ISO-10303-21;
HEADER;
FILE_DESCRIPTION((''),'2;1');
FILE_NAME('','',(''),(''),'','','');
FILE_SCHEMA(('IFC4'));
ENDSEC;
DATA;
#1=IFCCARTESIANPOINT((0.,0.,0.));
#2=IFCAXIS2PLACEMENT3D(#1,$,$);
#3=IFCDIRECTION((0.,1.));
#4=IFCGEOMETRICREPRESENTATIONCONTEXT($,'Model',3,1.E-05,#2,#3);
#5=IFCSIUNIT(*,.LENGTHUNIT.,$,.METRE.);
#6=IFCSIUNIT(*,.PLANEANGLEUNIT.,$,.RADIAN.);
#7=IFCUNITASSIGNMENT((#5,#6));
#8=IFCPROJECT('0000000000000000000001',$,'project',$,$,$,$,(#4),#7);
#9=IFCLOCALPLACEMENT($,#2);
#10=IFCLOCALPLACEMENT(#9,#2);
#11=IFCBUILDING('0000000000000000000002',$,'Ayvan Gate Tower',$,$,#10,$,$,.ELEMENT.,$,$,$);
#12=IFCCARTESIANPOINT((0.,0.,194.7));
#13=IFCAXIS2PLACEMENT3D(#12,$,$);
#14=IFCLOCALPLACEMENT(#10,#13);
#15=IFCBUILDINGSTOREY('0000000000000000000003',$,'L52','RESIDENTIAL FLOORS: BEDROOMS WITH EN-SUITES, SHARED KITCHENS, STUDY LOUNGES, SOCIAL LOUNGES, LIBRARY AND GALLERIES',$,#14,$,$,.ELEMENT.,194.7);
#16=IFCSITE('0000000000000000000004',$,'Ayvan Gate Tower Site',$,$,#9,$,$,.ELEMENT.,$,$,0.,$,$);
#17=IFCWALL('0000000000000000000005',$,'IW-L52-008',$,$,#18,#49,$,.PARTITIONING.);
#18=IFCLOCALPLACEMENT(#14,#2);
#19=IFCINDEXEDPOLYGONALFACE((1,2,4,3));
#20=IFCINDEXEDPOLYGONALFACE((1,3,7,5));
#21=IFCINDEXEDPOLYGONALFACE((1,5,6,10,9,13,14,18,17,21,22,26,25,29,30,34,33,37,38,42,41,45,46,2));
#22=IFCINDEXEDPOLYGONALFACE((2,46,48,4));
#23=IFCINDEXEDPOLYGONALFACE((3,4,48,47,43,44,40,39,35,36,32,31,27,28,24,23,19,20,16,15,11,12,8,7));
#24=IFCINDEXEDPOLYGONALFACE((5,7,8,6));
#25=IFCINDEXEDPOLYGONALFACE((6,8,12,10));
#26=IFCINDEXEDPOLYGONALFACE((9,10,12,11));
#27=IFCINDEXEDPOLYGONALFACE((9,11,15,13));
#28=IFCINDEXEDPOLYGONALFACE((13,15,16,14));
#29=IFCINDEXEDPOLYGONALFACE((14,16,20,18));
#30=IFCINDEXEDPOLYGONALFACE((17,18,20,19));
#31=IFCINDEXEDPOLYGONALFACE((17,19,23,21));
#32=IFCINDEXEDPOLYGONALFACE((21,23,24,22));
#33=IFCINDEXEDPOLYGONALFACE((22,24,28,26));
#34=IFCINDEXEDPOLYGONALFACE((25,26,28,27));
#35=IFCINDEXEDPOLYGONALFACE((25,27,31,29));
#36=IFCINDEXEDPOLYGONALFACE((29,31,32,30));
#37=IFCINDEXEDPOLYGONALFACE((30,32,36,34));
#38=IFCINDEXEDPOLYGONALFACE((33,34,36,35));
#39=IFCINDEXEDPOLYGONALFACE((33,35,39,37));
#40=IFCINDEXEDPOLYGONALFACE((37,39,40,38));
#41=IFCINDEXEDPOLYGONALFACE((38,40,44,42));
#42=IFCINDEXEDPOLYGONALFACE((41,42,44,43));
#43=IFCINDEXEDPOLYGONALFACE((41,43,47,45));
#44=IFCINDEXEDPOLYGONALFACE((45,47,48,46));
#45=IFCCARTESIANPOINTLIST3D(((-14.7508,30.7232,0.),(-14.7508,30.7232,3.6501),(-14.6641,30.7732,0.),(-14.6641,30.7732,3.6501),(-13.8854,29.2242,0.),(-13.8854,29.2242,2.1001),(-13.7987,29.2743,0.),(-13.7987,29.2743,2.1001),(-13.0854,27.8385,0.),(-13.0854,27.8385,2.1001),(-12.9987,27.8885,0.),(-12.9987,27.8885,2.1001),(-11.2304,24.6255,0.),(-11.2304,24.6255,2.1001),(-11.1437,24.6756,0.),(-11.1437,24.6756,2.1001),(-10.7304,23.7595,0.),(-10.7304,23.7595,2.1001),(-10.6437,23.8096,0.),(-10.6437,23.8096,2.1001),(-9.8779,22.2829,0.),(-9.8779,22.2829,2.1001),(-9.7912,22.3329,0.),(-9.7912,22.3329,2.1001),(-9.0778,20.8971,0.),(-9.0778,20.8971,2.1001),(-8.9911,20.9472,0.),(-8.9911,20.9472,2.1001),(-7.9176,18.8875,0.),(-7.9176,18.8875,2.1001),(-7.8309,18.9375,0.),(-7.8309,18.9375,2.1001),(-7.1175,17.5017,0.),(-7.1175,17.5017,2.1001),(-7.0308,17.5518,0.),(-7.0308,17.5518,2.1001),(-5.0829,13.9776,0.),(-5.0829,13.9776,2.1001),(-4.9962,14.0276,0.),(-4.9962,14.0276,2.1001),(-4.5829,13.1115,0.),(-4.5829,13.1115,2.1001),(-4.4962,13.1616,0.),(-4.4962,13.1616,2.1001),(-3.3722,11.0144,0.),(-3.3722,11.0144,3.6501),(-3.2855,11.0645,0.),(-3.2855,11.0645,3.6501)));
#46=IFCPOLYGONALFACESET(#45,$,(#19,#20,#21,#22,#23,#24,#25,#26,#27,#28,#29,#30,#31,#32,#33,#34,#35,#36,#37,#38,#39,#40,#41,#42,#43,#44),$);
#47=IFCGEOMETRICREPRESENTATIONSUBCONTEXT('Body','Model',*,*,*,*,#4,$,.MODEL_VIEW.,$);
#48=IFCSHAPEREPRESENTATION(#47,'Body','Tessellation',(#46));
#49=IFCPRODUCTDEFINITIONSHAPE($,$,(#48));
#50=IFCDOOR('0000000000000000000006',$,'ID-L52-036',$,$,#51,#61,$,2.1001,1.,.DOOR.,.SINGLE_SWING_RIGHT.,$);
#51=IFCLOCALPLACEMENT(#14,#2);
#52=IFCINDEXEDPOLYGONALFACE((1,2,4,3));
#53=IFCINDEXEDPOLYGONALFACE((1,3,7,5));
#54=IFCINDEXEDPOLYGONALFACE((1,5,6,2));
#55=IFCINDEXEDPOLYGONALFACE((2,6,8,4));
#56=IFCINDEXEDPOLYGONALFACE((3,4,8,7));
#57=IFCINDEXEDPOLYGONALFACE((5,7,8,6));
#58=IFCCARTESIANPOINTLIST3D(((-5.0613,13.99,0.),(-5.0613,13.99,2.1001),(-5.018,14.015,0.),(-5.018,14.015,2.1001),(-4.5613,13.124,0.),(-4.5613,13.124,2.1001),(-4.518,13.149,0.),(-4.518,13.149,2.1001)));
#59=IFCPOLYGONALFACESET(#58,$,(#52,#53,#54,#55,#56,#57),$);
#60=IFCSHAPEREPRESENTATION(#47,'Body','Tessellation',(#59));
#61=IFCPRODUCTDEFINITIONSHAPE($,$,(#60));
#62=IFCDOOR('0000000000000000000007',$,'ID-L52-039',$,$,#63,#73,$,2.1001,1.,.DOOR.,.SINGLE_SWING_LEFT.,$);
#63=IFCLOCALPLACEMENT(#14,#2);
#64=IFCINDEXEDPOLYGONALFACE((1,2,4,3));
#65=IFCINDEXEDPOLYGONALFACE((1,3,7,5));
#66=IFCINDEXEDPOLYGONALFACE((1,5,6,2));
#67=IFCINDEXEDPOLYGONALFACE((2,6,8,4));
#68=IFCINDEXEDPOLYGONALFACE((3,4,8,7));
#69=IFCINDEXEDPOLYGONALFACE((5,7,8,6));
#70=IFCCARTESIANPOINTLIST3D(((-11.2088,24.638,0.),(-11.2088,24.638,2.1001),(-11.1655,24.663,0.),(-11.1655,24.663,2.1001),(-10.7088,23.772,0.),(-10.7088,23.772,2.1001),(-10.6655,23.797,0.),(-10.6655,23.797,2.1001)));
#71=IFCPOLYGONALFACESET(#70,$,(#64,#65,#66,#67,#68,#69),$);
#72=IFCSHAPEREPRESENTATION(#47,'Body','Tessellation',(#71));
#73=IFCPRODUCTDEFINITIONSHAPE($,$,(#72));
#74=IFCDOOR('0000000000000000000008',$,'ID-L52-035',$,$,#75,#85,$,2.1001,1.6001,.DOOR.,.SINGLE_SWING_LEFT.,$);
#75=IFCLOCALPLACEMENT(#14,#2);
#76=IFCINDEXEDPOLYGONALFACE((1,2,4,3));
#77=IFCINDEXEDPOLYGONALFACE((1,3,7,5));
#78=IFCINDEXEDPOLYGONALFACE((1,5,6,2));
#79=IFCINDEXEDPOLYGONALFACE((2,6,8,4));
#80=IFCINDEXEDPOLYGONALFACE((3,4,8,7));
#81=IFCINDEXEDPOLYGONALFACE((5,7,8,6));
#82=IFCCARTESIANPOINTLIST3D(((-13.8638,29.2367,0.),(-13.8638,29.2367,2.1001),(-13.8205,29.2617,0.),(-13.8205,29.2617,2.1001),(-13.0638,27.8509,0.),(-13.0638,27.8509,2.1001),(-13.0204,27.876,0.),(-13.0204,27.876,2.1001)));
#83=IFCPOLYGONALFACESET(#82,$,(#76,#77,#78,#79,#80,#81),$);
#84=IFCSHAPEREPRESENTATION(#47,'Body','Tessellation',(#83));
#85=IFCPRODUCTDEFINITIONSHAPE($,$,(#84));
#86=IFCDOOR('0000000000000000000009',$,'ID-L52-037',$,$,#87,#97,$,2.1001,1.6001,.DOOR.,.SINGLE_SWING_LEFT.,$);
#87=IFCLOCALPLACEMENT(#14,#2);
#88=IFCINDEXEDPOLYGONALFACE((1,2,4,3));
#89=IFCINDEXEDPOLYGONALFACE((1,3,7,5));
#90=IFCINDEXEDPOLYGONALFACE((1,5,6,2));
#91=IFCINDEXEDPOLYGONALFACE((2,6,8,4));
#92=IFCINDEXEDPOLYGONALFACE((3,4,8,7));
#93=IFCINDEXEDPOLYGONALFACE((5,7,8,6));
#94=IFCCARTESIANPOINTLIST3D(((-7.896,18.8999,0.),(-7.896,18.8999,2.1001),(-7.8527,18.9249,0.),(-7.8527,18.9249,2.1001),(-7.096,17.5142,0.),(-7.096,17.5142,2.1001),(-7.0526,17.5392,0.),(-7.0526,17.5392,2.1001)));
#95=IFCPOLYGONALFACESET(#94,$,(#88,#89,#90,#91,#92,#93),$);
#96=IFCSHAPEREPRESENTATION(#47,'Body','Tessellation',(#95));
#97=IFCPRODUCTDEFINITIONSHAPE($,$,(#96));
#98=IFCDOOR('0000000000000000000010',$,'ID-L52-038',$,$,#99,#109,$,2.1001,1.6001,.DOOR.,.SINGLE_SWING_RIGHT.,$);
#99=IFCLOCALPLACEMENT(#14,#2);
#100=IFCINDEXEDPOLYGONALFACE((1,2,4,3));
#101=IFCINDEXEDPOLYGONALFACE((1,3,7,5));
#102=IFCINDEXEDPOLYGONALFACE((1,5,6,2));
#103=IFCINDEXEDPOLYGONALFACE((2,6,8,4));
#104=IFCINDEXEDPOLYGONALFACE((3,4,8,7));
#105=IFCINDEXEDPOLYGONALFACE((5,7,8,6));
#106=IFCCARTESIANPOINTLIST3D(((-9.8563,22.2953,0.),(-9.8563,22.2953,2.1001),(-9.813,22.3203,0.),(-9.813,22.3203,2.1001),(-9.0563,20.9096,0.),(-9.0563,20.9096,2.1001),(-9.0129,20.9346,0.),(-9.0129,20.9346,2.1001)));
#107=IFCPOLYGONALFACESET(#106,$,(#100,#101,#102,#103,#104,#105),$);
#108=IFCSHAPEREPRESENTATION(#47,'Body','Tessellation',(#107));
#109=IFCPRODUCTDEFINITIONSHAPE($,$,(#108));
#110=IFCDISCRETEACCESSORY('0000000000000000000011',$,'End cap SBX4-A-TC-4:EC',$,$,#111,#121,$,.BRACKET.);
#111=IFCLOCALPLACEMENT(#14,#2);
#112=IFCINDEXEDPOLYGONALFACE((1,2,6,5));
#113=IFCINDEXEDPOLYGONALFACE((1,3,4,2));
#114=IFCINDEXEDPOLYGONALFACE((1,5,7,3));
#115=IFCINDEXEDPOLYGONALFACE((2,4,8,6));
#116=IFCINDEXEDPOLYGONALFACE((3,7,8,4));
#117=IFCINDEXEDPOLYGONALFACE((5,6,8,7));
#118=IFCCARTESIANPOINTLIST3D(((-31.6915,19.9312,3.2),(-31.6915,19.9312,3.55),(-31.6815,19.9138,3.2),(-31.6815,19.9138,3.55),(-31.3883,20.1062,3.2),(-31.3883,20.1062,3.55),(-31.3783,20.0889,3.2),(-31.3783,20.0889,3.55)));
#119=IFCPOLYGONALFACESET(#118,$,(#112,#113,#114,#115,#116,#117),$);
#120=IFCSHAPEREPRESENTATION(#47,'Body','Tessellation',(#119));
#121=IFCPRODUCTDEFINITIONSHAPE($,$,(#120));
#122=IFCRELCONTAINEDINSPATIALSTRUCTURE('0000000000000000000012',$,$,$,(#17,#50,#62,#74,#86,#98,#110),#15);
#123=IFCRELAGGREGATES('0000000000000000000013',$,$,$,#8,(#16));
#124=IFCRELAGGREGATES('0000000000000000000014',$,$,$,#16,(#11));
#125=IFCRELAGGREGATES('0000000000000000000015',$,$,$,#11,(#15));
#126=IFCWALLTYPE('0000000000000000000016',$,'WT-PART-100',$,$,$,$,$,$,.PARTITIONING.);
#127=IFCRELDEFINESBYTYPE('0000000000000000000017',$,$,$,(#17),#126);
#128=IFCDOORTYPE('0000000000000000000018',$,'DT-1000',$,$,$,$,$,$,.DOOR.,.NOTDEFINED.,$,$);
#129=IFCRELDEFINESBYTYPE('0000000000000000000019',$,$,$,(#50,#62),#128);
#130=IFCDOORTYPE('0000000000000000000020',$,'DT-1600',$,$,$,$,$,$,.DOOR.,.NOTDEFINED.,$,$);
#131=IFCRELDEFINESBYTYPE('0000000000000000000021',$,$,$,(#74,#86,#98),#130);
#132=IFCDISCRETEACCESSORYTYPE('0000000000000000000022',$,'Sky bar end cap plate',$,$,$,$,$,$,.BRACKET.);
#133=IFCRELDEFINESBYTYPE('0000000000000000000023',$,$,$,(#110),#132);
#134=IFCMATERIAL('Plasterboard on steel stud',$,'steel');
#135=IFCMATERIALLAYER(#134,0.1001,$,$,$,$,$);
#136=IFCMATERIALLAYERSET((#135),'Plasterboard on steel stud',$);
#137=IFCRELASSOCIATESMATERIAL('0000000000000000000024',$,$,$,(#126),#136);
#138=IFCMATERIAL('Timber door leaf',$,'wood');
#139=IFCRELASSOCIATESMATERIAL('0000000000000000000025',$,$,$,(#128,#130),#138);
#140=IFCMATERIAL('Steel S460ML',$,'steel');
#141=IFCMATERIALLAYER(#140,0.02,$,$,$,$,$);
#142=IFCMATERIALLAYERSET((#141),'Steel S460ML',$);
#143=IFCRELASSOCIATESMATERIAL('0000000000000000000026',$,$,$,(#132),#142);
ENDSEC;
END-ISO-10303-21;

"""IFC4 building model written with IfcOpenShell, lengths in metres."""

from ifc_helpers import new_model, si_unit, direction, frame, frame_2d, origin, origin_2d, place, context, subcontext, project, spatial, rectangle, extrude, material, layer, layer_set, type_object, element, fill, save


model = new_model("IFC4")

# Units and contexts
model_context = context("Model", 3, precision=1e-05, world=origin(), true_north=direction((0.0, 1.0)))
body_context = subcontext(model_context, "Body", "Model", "MODEL_VIEW")
ifc_project = project(units=[si_unit("LENGTHUNIT", "METRE"), si_unit("PLANEANGLEUNIT", "RADIAN")], contexts=[model_context])

# Site, building, storey
site_placement = place(None, origin())
site = spatial("IfcSite", under=ifc_project, at=site_placement, Name="Ayvan Gate Tower Site", CompositionType="ELEMENT", RefElevation=0.0)
building_placement = place(site_placement, origin())
building = spatial("IfcBuilding", under=site, at=building_placement, Name="Ayvan Gate Tower", CompositionType="ELEMENT")
storey_placement = place(building_placement, frame((0.0, 0.0, 194.7)))
storey = spatial("IfcBuildingStorey", under=building, at=storey_placement, Name="L52", Description="RESIDENTIAL FLOORS: BEDROOMS WITH EN-SUITES, SHARED KITCHENS, STUDY LOUNGES, SOCIAL LOUNGES, LIBRARY AND GALLERIES", CompositionType="ELEMENT", Elevation=194.7)

# Shared definitions
ifc_material_1 = material(Name="Steel S460ML", Category="steel")

# Wall, openings, doors
ifc_material_2 = material(Name="Plasterboard on steel stud", Category="steel")
ifc_layer_1 = layer(ifc_material_2, 0.1001)
ifc_layer_set_1 = layer_set([ifc_layer_1], Name="Plasterboard on steel stud")
wall_type = type_object("IfcWallType", Name="WT-PART-100", PredefinedType="PARTITIONING", material=ifc_layer_set_1)
wall_placement = place(storey_placement, frame((-14.7075, 30.7483, 0.0), z_axis=(0.0, 0.0, 1.0), x_axis=(0.499994, -0.866029, 0.0)))
wall = element("IfcWall", 1, at=wall_placement, inside=storey, type_object=wall_type, Name="IW-L52-008", PredefinedType="PARTITIONING", context=body_context, shape_type="SweptSolid", body=[
    extrude(rectangle(XDim=22.7576, YDim=0.1001, at=frame_2d((11.3789, 0.0))), origin(), (0.0, 0.0, 1.0), 3.6501),
])
opening_1_placement = place(wall_placement, frame((1.731, 0.0, 0.0)))
opening_1 = element("IfcOpeningElement", 2, at=opening_1_placement, cuts=wall, PredefinedType="OPENING", context=body_context, shape_type="SweptSolid", body=[
    extrude(rectangle(XDim=1.6001, YDim=2.1001, at=frame_2d((0.8, 1.05))), frame((0.0, 0.0601, 0.0), z_axis=(0.0, -1.0, 0.0), x_axis=(1.0, 0.0, 0.0)), (0.0, 0.0, 1.0), 0.1201),
])
opening_2_placement = place(wall_placement, frame((19.3362, 0.0, 0.0)))
opening_2 = element("IfcOpeningElement", 3, at=opening_2_placement, cuts=wall, PredefinedType="OPENING", context=body_context, shape_type="SweptSolid", body=[
    extrude(rectangle(XDim=1.0, YDim=2.1001, at=frame_2d((0.5, 1.05))), frame((0.0, 0.0601, 0.0), z_axis=(0.0, -1.0, 0.0), x_axis=(1.0, 0.0, 0.0)), (0.0, 0.0, 1.0), 0.1201),
])
opening_3_placement = place(wall_placement, frame((13.6667, 0.0, 0.0)))
opening_3 = element("IfcOpeningElement", 4, at=opening_3_placement, cuts=wall, PredefinedType="OPENING", context=body_context, shape_type="SweptSolid", body=[
    extrude(rectangle(XDim=1.6001, YDim=2.1001, at=frame_2d((0.8, 1.05))), frame((0.0, 0.0601, 0.0), z_axis=(0.0, -1.0, 0.0), x_axis=(1.0, 0.0, 0.0)), (0.0, 0.0, 1.0), 0.1201),
])
opening_4_placement = place(wall_placement, frame((9.7461, 0.0, 0.0)))
opening_4 = element("IfcOpeningElement", 5, at=opening_4_placement, cuts=wall, PredefinedType="OPENING", context=body_context, shape_type="SweptSolid", body=[
    extrude(rectangle(XDim=1.6001, YDim=2.1001, at=frame_2d((0.8, 1.05))), frame((0.0, 0.0601, 0.0), z_axis=(0.0, -1.0, 0.0), x_axis=(1.0, 0.0, 0.0)), (0.0, 0.0, 1.0), 0.1201),
])
opening_5_placement = place(wall_placement, frame((7.041, 0.0, 0.0)))
opening_5 = element("IfcOpeningElement", 6, at=opening_5_placement, cuts=wall, PredefinedType="OPENING", context=body_context, shape_type="SweptSolid", body=[
    extrude(rectangle(XDim=1.0, YDim=2.1001, at=frame_2d((0.5, 1.05))), frame((0.0, 0.0601, 0.0), z_axis=(0.0, -1.0, 0.0), x_axis=(1.0, 0.0, 0.0)), (0.0, 0.0, 1.0), 0.1201),
])
ifc_material_3 = material(Name="Timber door leaf", Category="wood")
door_type_1 = type_object("IfcDoorType", Name="DT-1000", OperationType="NOTDEFINED", PredefinedType="DOOR", material=ifc_material_3)
door_1_placement = place(opening_2_placement, origin())
door_1 = element("IfcDoor", 7, at=door_1_placement, inside=storey, type_object=door_type_1, Name="ID-L52-036", OperationType="SINGLE_SWING_RIGHT", OverallHeight=2.1001, OverallWidth=1.0, PredefinedType="DOOR", context=body_context, shape_type="SweptSolid", body=[
    extrude(rectangle(XDim=1.0, YDim=2.1001, at=frame_2d((0.5, 1.05))), frame((0.0, 0.0249, 0.0), z_axis=(0.0, -1.0, 0.0), x_axis=(1.0, 0.0, 0.0)), (0.0, 0.0, 1.0), 0.05),
])
fill(opening_2, door_1)
door_2_placement = place(opening_5_placement, origin())
door_2 = element("IfcDoor", 8, at=door_2_placement, inside=storey, type_object=door_type_1, Name="ID-L52-039", OperationType="SINGLE_SWING_LEFT", OverallHeight=2.1001, OverallWidth=1.0, PredefinedType="DOOR", context=body_context, shape_type="SweptSolid", body=[
    extrude(rectangle(XDim=1.0, YDim=2.1001, at=frame_2d((0.5, 1.05))), frame((0.0, 0.0249, 0.0), z_axis=(0.0, -1.0, 0.0), x_axis=(1.0, 0.0, 0.0)), (0.0, 0.0, 1.0), 0.05),
])
fill(opening_5, door_2)
door_type_2 = type_object("IfcDoorType", Name="DT-1600", OperationType="NOTDEFINED", PredefinedType="DOOR", material=ifc_material_3)
door_3_placement = place(opening_1_placement, origin())
door_3 = element("IfcDoor", 9, at=door_3_placement, inside=storey, type_object=door_type_2, Name="ID-L52-035", OperationType="SINGLE_SWING_LEFT", OverallHeight=2.1001, OverallWidth=1.6001, PredefinedType="DOOR", context=body_context, shape_type="SweptSolid", body=[
    extrude(rectangle(XDim=1.6001, YDim=2.1001, at=frame_2d((0.8, 1.05))), frame((0.0, 0.0249, 0.0), z_axis=(0.0, -1.0, 0.0), x_axis=(1.0, 0.0, 0.0)), (0.0, 0.0, 1.0), 0.05),
])
fill(opening_1, door_3)
door_4_placement = place(opening_3_placement, origin())
door_4 = element("IfcDoor", 10, at=door_4_placement, inside=storey, type_object=door_type_2, Name="ID-L52-037", OperationType="SINGLE_SWING_LEFT", OverallHeight=2.1001, OverallWidth=1.6001, PredefinedType="DOOR", context=body_context, shape_type="SweptSolid", body=[
    extrude(rectangle(XDim=1.6001, YDim=2.1001, at=frame_2d((0.8, 1.05))), frame((0.0, 0.0249, 0.0), z_axis=(0.0, -1.0, 0.0), x_axis=(1.0, 0.0, 0.0)), (0.0, 0.0, 1.0), 0.05),
])
fill(opening_3, door_4)
door_5_placement = place(opening_4_placement, origin())
door_5 = element("IfcDoor", 11, at=door_5_placement, inside=storey, type_object=door_type_2, Name="ID-L52-038", OperationType="SINGLE_SWING_RIGHT", OverallHeight=2.1001, OverallWidth=1.6001, PredefinedType="DOOR", context=body_context, shape_type="SweptSolid", body=[
    extrude(rectangle(XDim=1.6001, YDim=2.1001, at=frame_2d((0.8, 1.05))), frame((0.0, 0.0249, 0.0), z_axis=(0.0, -1.0, 0.0), x_axis=(1.0, 0.0, 0.0)), (0.0, 0.0, 1.0), 0.05),
])
fill(opening_4, door_5)

# Discrete accessory
ifc_layer_2 = layer(ifc_material_1, 0.02)
ifc_layer_set_2 = layer_set([ifc_layer_2], Name="Steel S460ML")
discrete_accessory_type = type_object("IfcDiscreteAccessoryType", Name="Sky bar end cap plate", PredefinedType="BRACKET", material=ifc_layer_set_2)
discrete_accessory_placement = place(storey_placement, frame((-31.5349, 20.01, 3.2), z_axis=(0.0, 0.0, 1.0), x_axis=(-0.5, 0.866025, 0.0)))
element("IfcDiscreteAccessory", 12, at=discrete_accessory_placement, inside=storey, type_object=discrete_accessory_type, Name="End cap SBX4-A-TC-4:EC", PredefinedType="BRACKET", context=body_context, shape_type="SweptSolid", body=[
    extrude(rectangle(XDim=0.02, YDim=0.3501, at=origin_2d()), origin(), (0.0, 0.0, 1.0), 0.3501),
])

save(model, "model.ifc")
